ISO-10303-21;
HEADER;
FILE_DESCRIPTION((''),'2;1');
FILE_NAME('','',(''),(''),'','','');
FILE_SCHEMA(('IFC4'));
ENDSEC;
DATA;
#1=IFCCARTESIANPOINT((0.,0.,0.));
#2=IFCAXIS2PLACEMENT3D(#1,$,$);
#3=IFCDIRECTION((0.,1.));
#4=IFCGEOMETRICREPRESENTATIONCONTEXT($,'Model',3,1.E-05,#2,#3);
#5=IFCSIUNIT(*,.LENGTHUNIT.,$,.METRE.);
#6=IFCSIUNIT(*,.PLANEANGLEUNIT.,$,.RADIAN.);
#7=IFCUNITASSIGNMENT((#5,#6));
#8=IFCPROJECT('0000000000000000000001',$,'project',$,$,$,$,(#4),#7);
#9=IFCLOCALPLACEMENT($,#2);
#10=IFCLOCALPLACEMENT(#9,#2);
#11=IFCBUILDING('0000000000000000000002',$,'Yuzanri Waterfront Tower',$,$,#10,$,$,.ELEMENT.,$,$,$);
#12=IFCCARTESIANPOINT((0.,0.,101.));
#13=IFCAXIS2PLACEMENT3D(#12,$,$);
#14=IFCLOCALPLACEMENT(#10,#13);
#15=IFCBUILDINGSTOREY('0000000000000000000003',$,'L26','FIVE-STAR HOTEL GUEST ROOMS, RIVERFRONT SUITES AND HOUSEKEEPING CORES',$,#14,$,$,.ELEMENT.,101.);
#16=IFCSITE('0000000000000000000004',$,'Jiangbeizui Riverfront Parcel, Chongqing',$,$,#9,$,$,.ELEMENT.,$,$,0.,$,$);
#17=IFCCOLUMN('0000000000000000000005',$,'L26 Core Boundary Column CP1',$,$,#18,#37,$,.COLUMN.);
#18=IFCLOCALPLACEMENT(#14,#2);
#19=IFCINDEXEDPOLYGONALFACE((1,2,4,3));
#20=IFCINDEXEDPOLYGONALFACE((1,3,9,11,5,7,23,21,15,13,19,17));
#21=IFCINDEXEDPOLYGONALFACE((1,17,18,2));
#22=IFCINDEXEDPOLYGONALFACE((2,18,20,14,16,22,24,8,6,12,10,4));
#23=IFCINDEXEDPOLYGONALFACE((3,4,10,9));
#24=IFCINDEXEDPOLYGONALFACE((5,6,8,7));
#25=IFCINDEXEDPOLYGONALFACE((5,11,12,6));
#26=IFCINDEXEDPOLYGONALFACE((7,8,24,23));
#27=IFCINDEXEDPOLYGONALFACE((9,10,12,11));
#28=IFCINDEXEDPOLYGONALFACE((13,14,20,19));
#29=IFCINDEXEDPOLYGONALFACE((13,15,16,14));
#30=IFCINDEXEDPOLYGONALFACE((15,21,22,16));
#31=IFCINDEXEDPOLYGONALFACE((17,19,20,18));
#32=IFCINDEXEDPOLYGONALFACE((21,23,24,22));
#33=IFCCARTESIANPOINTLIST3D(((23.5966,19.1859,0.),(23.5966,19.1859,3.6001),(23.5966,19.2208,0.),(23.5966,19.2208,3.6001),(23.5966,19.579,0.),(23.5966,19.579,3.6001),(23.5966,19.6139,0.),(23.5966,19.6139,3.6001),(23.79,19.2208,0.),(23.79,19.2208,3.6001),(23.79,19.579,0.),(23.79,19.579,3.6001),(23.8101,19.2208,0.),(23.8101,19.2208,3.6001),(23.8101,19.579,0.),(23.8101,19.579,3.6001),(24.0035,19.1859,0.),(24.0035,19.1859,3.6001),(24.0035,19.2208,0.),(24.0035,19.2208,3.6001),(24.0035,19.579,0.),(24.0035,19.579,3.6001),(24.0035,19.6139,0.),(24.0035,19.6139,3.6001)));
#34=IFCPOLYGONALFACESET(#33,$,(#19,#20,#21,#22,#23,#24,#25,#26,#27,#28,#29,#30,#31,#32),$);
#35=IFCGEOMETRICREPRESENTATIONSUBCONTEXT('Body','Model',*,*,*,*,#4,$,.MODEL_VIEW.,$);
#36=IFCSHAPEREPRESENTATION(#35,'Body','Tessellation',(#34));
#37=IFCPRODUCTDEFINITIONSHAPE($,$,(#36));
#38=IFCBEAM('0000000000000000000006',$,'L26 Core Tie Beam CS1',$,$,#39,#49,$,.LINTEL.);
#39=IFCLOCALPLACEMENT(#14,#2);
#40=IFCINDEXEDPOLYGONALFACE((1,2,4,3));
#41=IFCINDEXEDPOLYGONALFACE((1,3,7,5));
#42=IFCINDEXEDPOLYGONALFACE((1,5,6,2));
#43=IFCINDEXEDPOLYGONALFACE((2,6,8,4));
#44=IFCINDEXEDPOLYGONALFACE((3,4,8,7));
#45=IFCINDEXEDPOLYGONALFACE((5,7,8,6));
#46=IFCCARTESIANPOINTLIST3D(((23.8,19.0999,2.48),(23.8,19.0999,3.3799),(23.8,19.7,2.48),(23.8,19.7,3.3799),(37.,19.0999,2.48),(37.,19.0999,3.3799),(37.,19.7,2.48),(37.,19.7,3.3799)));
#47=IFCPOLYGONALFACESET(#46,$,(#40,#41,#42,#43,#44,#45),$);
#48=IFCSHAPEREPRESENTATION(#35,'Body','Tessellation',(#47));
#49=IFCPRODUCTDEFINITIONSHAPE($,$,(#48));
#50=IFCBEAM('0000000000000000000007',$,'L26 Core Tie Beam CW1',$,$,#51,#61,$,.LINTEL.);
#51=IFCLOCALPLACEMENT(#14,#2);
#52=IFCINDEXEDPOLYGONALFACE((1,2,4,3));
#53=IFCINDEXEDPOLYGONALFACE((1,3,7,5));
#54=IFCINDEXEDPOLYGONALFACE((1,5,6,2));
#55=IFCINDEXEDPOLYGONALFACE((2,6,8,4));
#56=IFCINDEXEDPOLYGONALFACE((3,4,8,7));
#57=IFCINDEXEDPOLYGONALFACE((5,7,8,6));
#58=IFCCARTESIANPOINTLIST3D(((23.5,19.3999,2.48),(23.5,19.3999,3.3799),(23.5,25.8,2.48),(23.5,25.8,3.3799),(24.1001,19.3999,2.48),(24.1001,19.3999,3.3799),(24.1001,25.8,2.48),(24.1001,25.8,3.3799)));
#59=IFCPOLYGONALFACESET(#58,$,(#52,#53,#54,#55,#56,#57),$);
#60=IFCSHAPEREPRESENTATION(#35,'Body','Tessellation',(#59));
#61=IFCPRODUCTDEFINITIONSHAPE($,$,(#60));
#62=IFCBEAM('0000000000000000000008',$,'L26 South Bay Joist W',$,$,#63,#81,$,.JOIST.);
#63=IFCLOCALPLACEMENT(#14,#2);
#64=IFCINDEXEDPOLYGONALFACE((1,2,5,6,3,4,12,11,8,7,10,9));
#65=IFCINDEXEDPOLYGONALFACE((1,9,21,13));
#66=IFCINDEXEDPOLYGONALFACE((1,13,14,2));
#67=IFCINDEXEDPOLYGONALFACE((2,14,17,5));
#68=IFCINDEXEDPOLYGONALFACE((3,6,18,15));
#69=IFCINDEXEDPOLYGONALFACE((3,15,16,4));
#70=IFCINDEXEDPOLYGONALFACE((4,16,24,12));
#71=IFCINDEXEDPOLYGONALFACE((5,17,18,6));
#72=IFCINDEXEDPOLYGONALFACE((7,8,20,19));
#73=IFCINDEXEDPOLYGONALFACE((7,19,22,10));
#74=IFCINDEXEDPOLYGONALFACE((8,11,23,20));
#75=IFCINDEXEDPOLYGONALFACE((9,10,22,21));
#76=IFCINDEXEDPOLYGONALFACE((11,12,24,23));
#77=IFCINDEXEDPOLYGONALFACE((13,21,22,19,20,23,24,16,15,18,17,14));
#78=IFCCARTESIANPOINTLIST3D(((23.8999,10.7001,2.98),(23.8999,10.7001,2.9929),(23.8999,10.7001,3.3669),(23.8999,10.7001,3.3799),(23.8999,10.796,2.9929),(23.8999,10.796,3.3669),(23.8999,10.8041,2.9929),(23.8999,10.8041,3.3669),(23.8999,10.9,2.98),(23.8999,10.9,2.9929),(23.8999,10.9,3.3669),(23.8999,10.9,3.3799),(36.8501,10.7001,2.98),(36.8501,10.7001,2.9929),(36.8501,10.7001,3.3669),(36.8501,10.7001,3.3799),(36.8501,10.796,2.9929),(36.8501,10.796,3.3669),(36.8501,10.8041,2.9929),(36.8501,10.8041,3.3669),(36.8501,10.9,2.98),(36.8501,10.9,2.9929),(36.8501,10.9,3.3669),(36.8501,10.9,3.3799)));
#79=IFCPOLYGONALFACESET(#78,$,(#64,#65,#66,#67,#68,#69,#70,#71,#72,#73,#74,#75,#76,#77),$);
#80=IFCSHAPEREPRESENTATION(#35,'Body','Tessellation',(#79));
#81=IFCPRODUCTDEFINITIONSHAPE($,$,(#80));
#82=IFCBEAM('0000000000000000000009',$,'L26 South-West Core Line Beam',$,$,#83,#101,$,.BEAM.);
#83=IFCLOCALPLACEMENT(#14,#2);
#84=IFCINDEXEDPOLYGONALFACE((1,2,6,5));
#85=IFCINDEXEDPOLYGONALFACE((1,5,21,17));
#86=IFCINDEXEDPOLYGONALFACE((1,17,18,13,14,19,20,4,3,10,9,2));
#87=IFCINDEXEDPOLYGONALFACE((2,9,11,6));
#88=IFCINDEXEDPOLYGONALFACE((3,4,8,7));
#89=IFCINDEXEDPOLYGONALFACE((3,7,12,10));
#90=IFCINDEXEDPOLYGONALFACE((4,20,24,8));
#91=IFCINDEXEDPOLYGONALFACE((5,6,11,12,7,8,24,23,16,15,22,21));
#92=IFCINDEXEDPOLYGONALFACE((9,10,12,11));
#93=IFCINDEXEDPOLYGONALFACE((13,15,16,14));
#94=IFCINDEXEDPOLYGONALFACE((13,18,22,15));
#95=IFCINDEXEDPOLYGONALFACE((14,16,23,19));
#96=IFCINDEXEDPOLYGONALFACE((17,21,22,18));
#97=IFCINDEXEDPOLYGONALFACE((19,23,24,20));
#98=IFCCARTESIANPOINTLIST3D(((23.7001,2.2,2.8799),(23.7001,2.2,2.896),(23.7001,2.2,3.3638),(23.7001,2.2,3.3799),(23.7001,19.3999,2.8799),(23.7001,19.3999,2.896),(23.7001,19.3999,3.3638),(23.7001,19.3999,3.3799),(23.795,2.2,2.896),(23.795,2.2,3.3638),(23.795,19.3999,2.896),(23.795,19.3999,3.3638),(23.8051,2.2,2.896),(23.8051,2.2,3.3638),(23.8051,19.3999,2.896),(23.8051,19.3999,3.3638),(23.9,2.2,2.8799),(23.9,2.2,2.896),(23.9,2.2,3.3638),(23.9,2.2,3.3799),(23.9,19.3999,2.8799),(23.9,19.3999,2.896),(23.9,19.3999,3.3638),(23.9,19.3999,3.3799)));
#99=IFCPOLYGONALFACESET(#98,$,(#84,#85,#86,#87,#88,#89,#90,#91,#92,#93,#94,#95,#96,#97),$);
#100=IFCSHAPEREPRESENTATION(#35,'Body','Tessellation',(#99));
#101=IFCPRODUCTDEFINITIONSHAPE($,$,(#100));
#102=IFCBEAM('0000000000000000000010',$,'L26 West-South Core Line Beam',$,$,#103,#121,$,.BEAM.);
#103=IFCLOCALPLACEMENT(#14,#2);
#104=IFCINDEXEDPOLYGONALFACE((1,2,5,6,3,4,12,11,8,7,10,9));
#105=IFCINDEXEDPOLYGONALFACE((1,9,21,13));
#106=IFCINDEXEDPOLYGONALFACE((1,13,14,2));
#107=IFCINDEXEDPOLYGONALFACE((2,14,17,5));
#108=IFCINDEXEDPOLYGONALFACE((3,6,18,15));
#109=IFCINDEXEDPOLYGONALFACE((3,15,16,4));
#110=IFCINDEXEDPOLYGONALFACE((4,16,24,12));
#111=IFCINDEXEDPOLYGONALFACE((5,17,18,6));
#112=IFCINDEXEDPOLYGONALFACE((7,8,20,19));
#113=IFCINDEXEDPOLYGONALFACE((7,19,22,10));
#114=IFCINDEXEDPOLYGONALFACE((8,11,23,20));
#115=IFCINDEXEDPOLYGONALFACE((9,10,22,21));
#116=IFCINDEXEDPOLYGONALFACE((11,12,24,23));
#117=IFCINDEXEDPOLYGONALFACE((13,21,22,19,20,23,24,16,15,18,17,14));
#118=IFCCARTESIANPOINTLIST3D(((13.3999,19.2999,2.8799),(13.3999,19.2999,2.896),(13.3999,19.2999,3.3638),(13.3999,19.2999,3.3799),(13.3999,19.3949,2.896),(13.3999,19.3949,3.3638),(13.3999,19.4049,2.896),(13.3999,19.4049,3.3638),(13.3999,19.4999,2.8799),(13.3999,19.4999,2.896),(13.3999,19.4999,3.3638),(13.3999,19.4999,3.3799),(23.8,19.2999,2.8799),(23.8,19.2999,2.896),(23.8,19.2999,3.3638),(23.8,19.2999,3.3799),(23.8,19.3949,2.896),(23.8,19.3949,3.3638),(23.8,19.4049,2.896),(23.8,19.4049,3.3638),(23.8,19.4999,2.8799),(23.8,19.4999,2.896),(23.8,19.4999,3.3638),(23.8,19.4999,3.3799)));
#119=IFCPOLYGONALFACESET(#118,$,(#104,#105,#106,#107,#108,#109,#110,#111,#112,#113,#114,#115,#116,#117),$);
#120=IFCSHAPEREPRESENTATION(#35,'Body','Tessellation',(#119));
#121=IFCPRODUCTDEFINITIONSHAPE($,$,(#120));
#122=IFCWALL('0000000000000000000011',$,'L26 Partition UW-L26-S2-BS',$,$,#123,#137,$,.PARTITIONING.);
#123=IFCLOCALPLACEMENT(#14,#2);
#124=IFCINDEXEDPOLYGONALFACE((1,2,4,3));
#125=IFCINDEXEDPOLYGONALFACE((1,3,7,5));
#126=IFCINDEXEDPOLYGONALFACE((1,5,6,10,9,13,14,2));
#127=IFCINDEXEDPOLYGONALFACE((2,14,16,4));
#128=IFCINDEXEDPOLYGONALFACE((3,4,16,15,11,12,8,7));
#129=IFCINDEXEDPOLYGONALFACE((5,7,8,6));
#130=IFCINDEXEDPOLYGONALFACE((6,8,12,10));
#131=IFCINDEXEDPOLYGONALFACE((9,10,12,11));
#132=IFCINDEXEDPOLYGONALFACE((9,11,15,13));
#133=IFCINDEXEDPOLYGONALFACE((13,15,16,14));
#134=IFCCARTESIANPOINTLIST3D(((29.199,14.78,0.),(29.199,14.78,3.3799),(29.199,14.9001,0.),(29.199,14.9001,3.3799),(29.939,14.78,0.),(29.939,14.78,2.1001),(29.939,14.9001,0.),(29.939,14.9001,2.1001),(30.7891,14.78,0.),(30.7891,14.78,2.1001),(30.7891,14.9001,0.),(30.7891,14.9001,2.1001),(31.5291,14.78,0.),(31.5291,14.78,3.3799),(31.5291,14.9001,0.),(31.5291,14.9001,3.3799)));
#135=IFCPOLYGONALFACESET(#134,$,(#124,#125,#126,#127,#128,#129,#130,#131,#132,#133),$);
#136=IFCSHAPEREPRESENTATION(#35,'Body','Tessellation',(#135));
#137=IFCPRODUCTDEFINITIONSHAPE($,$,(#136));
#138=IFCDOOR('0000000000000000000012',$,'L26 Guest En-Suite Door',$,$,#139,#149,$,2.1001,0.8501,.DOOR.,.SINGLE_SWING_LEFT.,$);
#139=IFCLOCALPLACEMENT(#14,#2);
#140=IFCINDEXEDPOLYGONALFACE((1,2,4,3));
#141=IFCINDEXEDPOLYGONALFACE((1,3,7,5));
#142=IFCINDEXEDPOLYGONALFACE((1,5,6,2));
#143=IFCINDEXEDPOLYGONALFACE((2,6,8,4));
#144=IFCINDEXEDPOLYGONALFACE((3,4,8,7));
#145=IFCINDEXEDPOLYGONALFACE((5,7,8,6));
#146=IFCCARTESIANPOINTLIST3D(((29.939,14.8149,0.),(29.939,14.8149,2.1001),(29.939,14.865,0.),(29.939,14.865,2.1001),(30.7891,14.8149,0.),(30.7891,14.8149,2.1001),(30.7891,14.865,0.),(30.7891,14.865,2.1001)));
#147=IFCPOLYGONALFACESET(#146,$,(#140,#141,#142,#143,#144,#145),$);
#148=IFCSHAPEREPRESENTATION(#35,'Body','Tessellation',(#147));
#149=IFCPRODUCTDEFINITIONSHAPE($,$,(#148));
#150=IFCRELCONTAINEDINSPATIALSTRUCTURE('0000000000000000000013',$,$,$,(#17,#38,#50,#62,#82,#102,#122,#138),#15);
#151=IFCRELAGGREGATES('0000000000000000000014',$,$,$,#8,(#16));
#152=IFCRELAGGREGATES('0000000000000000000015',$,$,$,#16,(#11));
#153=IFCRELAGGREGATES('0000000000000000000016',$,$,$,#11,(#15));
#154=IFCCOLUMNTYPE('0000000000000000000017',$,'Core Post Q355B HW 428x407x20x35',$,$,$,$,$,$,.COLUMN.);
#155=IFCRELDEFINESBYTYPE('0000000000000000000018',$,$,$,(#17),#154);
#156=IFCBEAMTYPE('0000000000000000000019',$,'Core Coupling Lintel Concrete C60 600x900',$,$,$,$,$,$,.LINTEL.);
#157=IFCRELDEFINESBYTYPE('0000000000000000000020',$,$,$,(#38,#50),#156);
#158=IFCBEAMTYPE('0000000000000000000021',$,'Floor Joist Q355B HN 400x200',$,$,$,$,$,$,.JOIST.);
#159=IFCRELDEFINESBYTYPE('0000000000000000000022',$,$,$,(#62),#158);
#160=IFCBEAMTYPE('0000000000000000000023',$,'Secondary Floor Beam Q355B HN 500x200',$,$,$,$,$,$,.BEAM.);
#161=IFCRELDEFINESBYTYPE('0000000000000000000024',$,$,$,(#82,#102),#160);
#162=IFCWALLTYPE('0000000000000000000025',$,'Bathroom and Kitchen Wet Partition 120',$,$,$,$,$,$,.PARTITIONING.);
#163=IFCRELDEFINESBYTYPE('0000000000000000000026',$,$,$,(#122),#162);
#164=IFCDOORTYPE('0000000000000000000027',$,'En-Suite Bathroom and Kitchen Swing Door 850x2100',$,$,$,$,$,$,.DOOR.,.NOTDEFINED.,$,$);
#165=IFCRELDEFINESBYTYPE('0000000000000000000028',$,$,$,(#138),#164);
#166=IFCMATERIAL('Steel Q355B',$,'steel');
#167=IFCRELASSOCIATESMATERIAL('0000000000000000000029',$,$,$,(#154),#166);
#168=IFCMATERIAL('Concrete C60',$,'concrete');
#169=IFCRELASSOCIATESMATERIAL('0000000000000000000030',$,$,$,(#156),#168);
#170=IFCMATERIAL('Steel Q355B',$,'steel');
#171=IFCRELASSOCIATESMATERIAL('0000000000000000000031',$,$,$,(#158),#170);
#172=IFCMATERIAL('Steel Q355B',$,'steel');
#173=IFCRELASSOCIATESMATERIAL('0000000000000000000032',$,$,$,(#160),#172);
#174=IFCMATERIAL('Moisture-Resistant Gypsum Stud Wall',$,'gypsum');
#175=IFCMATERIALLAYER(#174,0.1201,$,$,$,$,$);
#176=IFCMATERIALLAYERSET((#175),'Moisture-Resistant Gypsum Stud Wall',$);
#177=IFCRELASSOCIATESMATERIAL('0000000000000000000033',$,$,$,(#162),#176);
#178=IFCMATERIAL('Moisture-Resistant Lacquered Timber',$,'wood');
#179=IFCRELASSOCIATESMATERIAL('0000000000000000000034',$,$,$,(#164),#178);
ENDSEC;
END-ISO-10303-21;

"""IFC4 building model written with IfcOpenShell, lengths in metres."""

from ifc_helpers import new_model, si_unit, direction, frame, frame_2d, origin, origin_2d, place, context, subcontext, project, spatial, rectangle, i_section, extrude, source, transform, mapped, material, layer, layer_set, material_profile, profile_set, type_object, element, fill, save


model = new_model("IFC4")

# Units and contexts
model_context = context("Model", 3, precision=1e-05, world=origin(), true_north=direction((0.0, 1.0)))
body_context = subcontext(model_context, "Body", "Model", "MODEL_VIEW")
ifc_project = project(units=[si_unit("LENGTHUNIT", "METRE"), si_unit("PLANEANGLEUNIT", "RADIAN")], contexts=[model_context])

# Site, building, storey
site_placement = place(None, origin())
site = spatial("IfcSite", under=ifc_project, at=site_placement, Name="Jiangbeizui Riverfront Parcel, Chongqing", CompositionType="ELEMENT", RefElevation=0.0)
building_placement = place(site_placement, origin())
building = spatial("IfcBuilding", under=site, at=building_placement, Name="Yuzanri Waterfront Tower", CompositionType="ELEMENT")
storey_placement = place(building_placement, frame((0.0, 0.0, 101.0)))
storey = spatial("IfcBuildingStorey", under=building, at=storey_placement, Name="L26", Description="FIVE-STAR HOTEL GUEST ROOMS, RIVERFRONT SUITES AND HOUSEKEEPING CORES", CompositionType="ELEMENT", Elevation=101.0)

# Column
ifc_material_1 = material(Name="Steel Q355B", Category="steel")
ifc_material_profile_1 = material_profile(ifc_material_1, i_section(OverallWidth=0.407, OverallDepth=0.428, WebThickness=0.02, FlangeThickness=0.0349, at=origin_2d()), Name="HW 428x407x20x35")
ifc_profile_set_1 = profile_set([ifc_material_profile_1], Name="Steel Q355B")
column_type = type_object("IfcColumnType", Name="Core Post Q355B HW 428x407x20x35", PredefinedType="COLUMN", material=ifc_profile_set_1)
shared_shape_1 = source(origin(), body_context, "Body", "SweptSolid", [
    extrude(i_section(OverallWidth=0.407, OverallDepth=0.428, WebThickness=0.02, FlangeThickness=0.0349, at=origin_2d()), origin(), (0.0, 0.0, 1.0), 3.6001),
])
column_placement = place(storey_placement, frame((23.8, 19.3999, 0.0), z_axis=(0.0, 0.0, 1.0), x_axis=(1.0, 0.0, 0.0)))
element("IfcColumn", 1, at=column_placement, inside=storey, type_object=column_type, Name="L26 Core Boundary Column CP1", PredefinedType="COLUMN", context=body_context, shape_type="MappedRepresentation", body=[
    mapped(shared_shape_1, transform((0.0, 0.0, 0.0), scale=1.0)),
])

# Beams
ifc_material_2 = material(Name="Concrete C60", Category="concrete")
ifc_material_profile_2 = material_profile(ifc_material_2, rectangle(XDim=0.6001, YDim=0.8999, at=origin_2d()), Name="RC 600x900")
ifc_profile_set_2 = profile_set([ifc_material_profile_2], Name="Concrete C60")
beam_type_1 = type_object("IfcBeamType", Name="Core Coupling Lintel Concrete C60 600x900", PredefinedType="LINTEL", material=ifc_profile_set_2)
shared_shape_2 = source(origin(), body_context, "Body", "SweptSolid", [
    extrude(rectangle(XDim=0.6001, YDim=0.8999, at=origin_2d()), origin(), (0.0, 0.0, 1.0), 13.2),
])
beam_1_placement = place(storey_placement, frame((23.8, 19.3999, 2.9299), z_axis=(1.0, 0.0, 0.0), x_axis=(0.0, 1.0, 0.0)))
element("IfcBeam", 2, at=beam_1_placement, inside=storey, type_object=beam_type_1, Name="L26 Core Tie Beam CS1", PredefinedType="LINTEL", context=body_context, shape_type="MappedRepresentation", body=[
    mapped(shared_shape_2, transform((0.0, 0.0, 0.0), scale=1.0)),
])
shared_shape_3 = source(origin(), body_context, "Body", "SweptSolid", [
    extrude(rectangle(XDim=0.6001, YDim=0.8999, at=origin_2d()), origin(), (0.0, 0.0, 1.0), 6.4001),
])
beam_2_placement = place(storey_placement, frame((23.8, 19.3999, 2.9299), z_axis=(0.0, 1.0, 0.0), x_axis=(-1.0, 0.0, 0.0)))
element("IfcBeam", 3, at=beam_2_placement, inside=storey, type_object=beam_type_1, Name="L26 Core Tie Beam CW1", PredefinedType="LINTEL", context=body_context, shape_type="MappedRepresentation", body=[
    mapped(shared_shape_3, transform((0.0, 0.0, 0.0), scale=1.0)),
])
ifc_material_3 = material(Name="Steel Q355B", Category="steel")
ifc_material_profile_3 = material_profile(ifc_material_3, i_section(OverallWidth=0.2, OverallDepth=0.3999, WebThickness=0.0081, FlangeThickness=0.0129, at=origin_2d()), Name="HN 400x200x8x13")
ifc_profile_set_3 = profile_set([ifc_material_profile_3], Name="Steel Q355B")
beam_type_2 = type_object("IfcBeamType", Name="Floor Joist Q355B HN 400x200", PredefinedType="JOIST", material=ifc_profile_set_3)
shared_shape_4 = source(origin(), body_context, "Body", "SweptSolid", [
    extrude(i_section(OverallWidth=0.2, OverallDepth=0.3999, WebThickness=0.0081, FlangeThickness=0.0129, at=origin_2d()), origin(), (0.0, 0.0, 1.0), 12.9502),
])
beam_3_placement = place(storey_placement, frame((23.8999, 10.8, 3.1799), z_axis=(1.0, 0.0, 0.0), x_axis=(0.0, 1.0, 0.0)))
element("IfcBeam", 4, at=beam_3_placement, inside=storey, type_object=beam_type_2, Name="L26 South Bay Joist W", PredefinedType="JOIST", context=body_context, shape_type="MappedRepresentation", body=[
    mapped(shared_shape_4, transform((0.0, 0.0, 0.0), scale=1.0)),
])
ifc_material_4 = material(Name="Steel Q355B", Category="steel")
ifc_material_profile_4 = material_profile(ifc_material_4, i_section(OverallWidth=0.2, OverallDepth=0.5, WebThickness=0.01, FlangeThickness=0.0161, at=origin_2d()), Name="HN 500x200x10x16")
ifc_profile_set_4 = profile_set([ifc_material_profile_4], Name="Steel Q355B")
beam_type_3 = type_object("IfcBeamType", Name="Secondary Floor Beam Q355B HN 500x200", PredefinedType="BEAM", material=ifc_profile_set_4)
shared_shape_5 = source(origin(), body_context, "Body", "SweptSolid", [
    extrude(i_section(OverallWidth=0.2, OverallDepth=0.5, WebThickness=0.01, FlangeThickness=0.0161, at=origin_2d()), origin(), (0.0, 0.0, 1.0), 17.2),
])
beam_4_placement = place(storey_placement, frame((23.8, 19.3999, 3.1299), z_axis=(0.0, -1.0, 0.0), x_axis=(1.0, 0.0, 0.0)))
element("IfcBeam", 5, at=beam_4_placement, inside=storey, type_object=beam_type_3, Name="L26 South-West Core Line Beam", PredefinedType="BEAM", context=body_context, shape_type="MappedRepresentation", body=[
    mapped(shared_shape_5, transform((0.0, 0.0, 0.0), scale=1.0)),
])
shared_shape_6 = source(origin(), body_context, "Body", "SweptSolid", [
    extrude(i_section(OverallWidth=0.2, OverallDepth=0.5, WebThickness=0.01, FlangeThickness=0.0161, at=origin_2d()), origin(), (0.0, 0.0, 1.0), 10.4001),
])
beam_5_placement = place(storey_placement, frame((23.8, 19.3999, 3.1299), z_axis=(-1.0, 0.0, 0.0), x_axis=(0.0, -1.0, 0.0)))
element("IfcBeam", 6, at=beam_5_placement, inside=storey, type_object=beam_type_3, Name="L26 West-South Core Line Beam", PredefinedType="BEAM", context=body_context, shape_type="MappedRepresentation", body=[
    mapped(shared_shape_6, transform((0.0, 0.0, 0.0), scale=1.0)),
])

# Wall, opening, door
ifc_material_5 = material(Name="Moisture-Resistant Gypsum Stud Wall", Category="gypsum")
ifc_layer_1 = layer(ifc_material_5, 0.1201)
ifc_layer_set_1 = layer_set([ifc_layer_1], Name="Moisture-Resistant Gypsum Stud Wall")
wall_type_1 = type_object("IfcWallType", Name="Bathroom and Kitchen Wet Partition 120", PredefinedType="PARTITIONING", material=ifc_layer_set_1)
wall_1_placement = place(storey_placement, frame((29.199, 14.8401, 0.0), z_axis=(0.0, 0.0, 1.0), x_axis=(1.0, 0.0, 0.0)))
wall_1 = element("IfcWall", 7, at=wall_1_placement, inside=storey, type_object=wall_type_1, Name="L26 Partition UW-L26-S2-BS", PredefinedType="PARTITIONING", context=body_context, shape_type="SweptSolid", body=[
    extrude(rectangle(XDim=2.3301, YDim=0.1201, at=frame_2d((1.165, 0.0))), origin(), (0.0, 0.0, 1.0), 3.3799),
])
opening_1_placement = place(wall_1_placement, frame((0.74, 0.0, 0.0)))
opening_1 = element("IfcOpeningElement", 8, at=opening_1_placement, cuts=wall_1, PredefinedType="OPENING", context=body_context, shape_type="SweptSolid", body=[
    extrude(rectangle(XDim=0.8501, YDim=2.1001, at=frame_2d((0.425, 1.05))), frame((0.0, 0.075, 0.0), z_axis=(0.0, -1.0, 0.0), x_axis=(1.0, 0.0, 0.0)), (0.0, 0.0, 1.0), 0.1499),
])
ifc_material_6 = material(Name="Moisture-Resistant Lacquered Timber", Category="wood")
door_type_1 = type_object("IfcDoorType", Name="En-Suite Bathroom and Kitchen Swing Door 850x2100", OperationType="NOTDEFINED", PredefinedType="DOOR", material=ifc_material_6)
shared_shape_7 = source(origin(), body_context, "Body", "SweptSolid", [
    extrude(rectangle(XDim=0.8501, YDim=2.1001, at=frame_2d((0.425, 1.05))), frame((0.0, 0.0249, 0.0), z_axis=(0.0, -1.0, 0.0), x_axis=(1.0, 0.0, 0.0)), (0.0, 0.0, 1.0), 0.05),
])
door_1_placement = place(opening_1_placement, origin())
door_1 = element("IfcDoor", 9, at=door_1_placement, inside=storey, type_object=door_type_1, Name="L26 Guest En-Suite Door", OperationType="SINGLE_SWING_LEFT", OverallHeight=2.1001, OverallWidth=0.8501, PredefinedType="DOOR", context=body_context, shape_type="MappedRepresentation", body=[
    mapped(shared_shape_7, transform((0.0, 0.0, 0.0), scale=1.0)),
])
fill(opening_1, door_1)

save(model, "model.ifc")
